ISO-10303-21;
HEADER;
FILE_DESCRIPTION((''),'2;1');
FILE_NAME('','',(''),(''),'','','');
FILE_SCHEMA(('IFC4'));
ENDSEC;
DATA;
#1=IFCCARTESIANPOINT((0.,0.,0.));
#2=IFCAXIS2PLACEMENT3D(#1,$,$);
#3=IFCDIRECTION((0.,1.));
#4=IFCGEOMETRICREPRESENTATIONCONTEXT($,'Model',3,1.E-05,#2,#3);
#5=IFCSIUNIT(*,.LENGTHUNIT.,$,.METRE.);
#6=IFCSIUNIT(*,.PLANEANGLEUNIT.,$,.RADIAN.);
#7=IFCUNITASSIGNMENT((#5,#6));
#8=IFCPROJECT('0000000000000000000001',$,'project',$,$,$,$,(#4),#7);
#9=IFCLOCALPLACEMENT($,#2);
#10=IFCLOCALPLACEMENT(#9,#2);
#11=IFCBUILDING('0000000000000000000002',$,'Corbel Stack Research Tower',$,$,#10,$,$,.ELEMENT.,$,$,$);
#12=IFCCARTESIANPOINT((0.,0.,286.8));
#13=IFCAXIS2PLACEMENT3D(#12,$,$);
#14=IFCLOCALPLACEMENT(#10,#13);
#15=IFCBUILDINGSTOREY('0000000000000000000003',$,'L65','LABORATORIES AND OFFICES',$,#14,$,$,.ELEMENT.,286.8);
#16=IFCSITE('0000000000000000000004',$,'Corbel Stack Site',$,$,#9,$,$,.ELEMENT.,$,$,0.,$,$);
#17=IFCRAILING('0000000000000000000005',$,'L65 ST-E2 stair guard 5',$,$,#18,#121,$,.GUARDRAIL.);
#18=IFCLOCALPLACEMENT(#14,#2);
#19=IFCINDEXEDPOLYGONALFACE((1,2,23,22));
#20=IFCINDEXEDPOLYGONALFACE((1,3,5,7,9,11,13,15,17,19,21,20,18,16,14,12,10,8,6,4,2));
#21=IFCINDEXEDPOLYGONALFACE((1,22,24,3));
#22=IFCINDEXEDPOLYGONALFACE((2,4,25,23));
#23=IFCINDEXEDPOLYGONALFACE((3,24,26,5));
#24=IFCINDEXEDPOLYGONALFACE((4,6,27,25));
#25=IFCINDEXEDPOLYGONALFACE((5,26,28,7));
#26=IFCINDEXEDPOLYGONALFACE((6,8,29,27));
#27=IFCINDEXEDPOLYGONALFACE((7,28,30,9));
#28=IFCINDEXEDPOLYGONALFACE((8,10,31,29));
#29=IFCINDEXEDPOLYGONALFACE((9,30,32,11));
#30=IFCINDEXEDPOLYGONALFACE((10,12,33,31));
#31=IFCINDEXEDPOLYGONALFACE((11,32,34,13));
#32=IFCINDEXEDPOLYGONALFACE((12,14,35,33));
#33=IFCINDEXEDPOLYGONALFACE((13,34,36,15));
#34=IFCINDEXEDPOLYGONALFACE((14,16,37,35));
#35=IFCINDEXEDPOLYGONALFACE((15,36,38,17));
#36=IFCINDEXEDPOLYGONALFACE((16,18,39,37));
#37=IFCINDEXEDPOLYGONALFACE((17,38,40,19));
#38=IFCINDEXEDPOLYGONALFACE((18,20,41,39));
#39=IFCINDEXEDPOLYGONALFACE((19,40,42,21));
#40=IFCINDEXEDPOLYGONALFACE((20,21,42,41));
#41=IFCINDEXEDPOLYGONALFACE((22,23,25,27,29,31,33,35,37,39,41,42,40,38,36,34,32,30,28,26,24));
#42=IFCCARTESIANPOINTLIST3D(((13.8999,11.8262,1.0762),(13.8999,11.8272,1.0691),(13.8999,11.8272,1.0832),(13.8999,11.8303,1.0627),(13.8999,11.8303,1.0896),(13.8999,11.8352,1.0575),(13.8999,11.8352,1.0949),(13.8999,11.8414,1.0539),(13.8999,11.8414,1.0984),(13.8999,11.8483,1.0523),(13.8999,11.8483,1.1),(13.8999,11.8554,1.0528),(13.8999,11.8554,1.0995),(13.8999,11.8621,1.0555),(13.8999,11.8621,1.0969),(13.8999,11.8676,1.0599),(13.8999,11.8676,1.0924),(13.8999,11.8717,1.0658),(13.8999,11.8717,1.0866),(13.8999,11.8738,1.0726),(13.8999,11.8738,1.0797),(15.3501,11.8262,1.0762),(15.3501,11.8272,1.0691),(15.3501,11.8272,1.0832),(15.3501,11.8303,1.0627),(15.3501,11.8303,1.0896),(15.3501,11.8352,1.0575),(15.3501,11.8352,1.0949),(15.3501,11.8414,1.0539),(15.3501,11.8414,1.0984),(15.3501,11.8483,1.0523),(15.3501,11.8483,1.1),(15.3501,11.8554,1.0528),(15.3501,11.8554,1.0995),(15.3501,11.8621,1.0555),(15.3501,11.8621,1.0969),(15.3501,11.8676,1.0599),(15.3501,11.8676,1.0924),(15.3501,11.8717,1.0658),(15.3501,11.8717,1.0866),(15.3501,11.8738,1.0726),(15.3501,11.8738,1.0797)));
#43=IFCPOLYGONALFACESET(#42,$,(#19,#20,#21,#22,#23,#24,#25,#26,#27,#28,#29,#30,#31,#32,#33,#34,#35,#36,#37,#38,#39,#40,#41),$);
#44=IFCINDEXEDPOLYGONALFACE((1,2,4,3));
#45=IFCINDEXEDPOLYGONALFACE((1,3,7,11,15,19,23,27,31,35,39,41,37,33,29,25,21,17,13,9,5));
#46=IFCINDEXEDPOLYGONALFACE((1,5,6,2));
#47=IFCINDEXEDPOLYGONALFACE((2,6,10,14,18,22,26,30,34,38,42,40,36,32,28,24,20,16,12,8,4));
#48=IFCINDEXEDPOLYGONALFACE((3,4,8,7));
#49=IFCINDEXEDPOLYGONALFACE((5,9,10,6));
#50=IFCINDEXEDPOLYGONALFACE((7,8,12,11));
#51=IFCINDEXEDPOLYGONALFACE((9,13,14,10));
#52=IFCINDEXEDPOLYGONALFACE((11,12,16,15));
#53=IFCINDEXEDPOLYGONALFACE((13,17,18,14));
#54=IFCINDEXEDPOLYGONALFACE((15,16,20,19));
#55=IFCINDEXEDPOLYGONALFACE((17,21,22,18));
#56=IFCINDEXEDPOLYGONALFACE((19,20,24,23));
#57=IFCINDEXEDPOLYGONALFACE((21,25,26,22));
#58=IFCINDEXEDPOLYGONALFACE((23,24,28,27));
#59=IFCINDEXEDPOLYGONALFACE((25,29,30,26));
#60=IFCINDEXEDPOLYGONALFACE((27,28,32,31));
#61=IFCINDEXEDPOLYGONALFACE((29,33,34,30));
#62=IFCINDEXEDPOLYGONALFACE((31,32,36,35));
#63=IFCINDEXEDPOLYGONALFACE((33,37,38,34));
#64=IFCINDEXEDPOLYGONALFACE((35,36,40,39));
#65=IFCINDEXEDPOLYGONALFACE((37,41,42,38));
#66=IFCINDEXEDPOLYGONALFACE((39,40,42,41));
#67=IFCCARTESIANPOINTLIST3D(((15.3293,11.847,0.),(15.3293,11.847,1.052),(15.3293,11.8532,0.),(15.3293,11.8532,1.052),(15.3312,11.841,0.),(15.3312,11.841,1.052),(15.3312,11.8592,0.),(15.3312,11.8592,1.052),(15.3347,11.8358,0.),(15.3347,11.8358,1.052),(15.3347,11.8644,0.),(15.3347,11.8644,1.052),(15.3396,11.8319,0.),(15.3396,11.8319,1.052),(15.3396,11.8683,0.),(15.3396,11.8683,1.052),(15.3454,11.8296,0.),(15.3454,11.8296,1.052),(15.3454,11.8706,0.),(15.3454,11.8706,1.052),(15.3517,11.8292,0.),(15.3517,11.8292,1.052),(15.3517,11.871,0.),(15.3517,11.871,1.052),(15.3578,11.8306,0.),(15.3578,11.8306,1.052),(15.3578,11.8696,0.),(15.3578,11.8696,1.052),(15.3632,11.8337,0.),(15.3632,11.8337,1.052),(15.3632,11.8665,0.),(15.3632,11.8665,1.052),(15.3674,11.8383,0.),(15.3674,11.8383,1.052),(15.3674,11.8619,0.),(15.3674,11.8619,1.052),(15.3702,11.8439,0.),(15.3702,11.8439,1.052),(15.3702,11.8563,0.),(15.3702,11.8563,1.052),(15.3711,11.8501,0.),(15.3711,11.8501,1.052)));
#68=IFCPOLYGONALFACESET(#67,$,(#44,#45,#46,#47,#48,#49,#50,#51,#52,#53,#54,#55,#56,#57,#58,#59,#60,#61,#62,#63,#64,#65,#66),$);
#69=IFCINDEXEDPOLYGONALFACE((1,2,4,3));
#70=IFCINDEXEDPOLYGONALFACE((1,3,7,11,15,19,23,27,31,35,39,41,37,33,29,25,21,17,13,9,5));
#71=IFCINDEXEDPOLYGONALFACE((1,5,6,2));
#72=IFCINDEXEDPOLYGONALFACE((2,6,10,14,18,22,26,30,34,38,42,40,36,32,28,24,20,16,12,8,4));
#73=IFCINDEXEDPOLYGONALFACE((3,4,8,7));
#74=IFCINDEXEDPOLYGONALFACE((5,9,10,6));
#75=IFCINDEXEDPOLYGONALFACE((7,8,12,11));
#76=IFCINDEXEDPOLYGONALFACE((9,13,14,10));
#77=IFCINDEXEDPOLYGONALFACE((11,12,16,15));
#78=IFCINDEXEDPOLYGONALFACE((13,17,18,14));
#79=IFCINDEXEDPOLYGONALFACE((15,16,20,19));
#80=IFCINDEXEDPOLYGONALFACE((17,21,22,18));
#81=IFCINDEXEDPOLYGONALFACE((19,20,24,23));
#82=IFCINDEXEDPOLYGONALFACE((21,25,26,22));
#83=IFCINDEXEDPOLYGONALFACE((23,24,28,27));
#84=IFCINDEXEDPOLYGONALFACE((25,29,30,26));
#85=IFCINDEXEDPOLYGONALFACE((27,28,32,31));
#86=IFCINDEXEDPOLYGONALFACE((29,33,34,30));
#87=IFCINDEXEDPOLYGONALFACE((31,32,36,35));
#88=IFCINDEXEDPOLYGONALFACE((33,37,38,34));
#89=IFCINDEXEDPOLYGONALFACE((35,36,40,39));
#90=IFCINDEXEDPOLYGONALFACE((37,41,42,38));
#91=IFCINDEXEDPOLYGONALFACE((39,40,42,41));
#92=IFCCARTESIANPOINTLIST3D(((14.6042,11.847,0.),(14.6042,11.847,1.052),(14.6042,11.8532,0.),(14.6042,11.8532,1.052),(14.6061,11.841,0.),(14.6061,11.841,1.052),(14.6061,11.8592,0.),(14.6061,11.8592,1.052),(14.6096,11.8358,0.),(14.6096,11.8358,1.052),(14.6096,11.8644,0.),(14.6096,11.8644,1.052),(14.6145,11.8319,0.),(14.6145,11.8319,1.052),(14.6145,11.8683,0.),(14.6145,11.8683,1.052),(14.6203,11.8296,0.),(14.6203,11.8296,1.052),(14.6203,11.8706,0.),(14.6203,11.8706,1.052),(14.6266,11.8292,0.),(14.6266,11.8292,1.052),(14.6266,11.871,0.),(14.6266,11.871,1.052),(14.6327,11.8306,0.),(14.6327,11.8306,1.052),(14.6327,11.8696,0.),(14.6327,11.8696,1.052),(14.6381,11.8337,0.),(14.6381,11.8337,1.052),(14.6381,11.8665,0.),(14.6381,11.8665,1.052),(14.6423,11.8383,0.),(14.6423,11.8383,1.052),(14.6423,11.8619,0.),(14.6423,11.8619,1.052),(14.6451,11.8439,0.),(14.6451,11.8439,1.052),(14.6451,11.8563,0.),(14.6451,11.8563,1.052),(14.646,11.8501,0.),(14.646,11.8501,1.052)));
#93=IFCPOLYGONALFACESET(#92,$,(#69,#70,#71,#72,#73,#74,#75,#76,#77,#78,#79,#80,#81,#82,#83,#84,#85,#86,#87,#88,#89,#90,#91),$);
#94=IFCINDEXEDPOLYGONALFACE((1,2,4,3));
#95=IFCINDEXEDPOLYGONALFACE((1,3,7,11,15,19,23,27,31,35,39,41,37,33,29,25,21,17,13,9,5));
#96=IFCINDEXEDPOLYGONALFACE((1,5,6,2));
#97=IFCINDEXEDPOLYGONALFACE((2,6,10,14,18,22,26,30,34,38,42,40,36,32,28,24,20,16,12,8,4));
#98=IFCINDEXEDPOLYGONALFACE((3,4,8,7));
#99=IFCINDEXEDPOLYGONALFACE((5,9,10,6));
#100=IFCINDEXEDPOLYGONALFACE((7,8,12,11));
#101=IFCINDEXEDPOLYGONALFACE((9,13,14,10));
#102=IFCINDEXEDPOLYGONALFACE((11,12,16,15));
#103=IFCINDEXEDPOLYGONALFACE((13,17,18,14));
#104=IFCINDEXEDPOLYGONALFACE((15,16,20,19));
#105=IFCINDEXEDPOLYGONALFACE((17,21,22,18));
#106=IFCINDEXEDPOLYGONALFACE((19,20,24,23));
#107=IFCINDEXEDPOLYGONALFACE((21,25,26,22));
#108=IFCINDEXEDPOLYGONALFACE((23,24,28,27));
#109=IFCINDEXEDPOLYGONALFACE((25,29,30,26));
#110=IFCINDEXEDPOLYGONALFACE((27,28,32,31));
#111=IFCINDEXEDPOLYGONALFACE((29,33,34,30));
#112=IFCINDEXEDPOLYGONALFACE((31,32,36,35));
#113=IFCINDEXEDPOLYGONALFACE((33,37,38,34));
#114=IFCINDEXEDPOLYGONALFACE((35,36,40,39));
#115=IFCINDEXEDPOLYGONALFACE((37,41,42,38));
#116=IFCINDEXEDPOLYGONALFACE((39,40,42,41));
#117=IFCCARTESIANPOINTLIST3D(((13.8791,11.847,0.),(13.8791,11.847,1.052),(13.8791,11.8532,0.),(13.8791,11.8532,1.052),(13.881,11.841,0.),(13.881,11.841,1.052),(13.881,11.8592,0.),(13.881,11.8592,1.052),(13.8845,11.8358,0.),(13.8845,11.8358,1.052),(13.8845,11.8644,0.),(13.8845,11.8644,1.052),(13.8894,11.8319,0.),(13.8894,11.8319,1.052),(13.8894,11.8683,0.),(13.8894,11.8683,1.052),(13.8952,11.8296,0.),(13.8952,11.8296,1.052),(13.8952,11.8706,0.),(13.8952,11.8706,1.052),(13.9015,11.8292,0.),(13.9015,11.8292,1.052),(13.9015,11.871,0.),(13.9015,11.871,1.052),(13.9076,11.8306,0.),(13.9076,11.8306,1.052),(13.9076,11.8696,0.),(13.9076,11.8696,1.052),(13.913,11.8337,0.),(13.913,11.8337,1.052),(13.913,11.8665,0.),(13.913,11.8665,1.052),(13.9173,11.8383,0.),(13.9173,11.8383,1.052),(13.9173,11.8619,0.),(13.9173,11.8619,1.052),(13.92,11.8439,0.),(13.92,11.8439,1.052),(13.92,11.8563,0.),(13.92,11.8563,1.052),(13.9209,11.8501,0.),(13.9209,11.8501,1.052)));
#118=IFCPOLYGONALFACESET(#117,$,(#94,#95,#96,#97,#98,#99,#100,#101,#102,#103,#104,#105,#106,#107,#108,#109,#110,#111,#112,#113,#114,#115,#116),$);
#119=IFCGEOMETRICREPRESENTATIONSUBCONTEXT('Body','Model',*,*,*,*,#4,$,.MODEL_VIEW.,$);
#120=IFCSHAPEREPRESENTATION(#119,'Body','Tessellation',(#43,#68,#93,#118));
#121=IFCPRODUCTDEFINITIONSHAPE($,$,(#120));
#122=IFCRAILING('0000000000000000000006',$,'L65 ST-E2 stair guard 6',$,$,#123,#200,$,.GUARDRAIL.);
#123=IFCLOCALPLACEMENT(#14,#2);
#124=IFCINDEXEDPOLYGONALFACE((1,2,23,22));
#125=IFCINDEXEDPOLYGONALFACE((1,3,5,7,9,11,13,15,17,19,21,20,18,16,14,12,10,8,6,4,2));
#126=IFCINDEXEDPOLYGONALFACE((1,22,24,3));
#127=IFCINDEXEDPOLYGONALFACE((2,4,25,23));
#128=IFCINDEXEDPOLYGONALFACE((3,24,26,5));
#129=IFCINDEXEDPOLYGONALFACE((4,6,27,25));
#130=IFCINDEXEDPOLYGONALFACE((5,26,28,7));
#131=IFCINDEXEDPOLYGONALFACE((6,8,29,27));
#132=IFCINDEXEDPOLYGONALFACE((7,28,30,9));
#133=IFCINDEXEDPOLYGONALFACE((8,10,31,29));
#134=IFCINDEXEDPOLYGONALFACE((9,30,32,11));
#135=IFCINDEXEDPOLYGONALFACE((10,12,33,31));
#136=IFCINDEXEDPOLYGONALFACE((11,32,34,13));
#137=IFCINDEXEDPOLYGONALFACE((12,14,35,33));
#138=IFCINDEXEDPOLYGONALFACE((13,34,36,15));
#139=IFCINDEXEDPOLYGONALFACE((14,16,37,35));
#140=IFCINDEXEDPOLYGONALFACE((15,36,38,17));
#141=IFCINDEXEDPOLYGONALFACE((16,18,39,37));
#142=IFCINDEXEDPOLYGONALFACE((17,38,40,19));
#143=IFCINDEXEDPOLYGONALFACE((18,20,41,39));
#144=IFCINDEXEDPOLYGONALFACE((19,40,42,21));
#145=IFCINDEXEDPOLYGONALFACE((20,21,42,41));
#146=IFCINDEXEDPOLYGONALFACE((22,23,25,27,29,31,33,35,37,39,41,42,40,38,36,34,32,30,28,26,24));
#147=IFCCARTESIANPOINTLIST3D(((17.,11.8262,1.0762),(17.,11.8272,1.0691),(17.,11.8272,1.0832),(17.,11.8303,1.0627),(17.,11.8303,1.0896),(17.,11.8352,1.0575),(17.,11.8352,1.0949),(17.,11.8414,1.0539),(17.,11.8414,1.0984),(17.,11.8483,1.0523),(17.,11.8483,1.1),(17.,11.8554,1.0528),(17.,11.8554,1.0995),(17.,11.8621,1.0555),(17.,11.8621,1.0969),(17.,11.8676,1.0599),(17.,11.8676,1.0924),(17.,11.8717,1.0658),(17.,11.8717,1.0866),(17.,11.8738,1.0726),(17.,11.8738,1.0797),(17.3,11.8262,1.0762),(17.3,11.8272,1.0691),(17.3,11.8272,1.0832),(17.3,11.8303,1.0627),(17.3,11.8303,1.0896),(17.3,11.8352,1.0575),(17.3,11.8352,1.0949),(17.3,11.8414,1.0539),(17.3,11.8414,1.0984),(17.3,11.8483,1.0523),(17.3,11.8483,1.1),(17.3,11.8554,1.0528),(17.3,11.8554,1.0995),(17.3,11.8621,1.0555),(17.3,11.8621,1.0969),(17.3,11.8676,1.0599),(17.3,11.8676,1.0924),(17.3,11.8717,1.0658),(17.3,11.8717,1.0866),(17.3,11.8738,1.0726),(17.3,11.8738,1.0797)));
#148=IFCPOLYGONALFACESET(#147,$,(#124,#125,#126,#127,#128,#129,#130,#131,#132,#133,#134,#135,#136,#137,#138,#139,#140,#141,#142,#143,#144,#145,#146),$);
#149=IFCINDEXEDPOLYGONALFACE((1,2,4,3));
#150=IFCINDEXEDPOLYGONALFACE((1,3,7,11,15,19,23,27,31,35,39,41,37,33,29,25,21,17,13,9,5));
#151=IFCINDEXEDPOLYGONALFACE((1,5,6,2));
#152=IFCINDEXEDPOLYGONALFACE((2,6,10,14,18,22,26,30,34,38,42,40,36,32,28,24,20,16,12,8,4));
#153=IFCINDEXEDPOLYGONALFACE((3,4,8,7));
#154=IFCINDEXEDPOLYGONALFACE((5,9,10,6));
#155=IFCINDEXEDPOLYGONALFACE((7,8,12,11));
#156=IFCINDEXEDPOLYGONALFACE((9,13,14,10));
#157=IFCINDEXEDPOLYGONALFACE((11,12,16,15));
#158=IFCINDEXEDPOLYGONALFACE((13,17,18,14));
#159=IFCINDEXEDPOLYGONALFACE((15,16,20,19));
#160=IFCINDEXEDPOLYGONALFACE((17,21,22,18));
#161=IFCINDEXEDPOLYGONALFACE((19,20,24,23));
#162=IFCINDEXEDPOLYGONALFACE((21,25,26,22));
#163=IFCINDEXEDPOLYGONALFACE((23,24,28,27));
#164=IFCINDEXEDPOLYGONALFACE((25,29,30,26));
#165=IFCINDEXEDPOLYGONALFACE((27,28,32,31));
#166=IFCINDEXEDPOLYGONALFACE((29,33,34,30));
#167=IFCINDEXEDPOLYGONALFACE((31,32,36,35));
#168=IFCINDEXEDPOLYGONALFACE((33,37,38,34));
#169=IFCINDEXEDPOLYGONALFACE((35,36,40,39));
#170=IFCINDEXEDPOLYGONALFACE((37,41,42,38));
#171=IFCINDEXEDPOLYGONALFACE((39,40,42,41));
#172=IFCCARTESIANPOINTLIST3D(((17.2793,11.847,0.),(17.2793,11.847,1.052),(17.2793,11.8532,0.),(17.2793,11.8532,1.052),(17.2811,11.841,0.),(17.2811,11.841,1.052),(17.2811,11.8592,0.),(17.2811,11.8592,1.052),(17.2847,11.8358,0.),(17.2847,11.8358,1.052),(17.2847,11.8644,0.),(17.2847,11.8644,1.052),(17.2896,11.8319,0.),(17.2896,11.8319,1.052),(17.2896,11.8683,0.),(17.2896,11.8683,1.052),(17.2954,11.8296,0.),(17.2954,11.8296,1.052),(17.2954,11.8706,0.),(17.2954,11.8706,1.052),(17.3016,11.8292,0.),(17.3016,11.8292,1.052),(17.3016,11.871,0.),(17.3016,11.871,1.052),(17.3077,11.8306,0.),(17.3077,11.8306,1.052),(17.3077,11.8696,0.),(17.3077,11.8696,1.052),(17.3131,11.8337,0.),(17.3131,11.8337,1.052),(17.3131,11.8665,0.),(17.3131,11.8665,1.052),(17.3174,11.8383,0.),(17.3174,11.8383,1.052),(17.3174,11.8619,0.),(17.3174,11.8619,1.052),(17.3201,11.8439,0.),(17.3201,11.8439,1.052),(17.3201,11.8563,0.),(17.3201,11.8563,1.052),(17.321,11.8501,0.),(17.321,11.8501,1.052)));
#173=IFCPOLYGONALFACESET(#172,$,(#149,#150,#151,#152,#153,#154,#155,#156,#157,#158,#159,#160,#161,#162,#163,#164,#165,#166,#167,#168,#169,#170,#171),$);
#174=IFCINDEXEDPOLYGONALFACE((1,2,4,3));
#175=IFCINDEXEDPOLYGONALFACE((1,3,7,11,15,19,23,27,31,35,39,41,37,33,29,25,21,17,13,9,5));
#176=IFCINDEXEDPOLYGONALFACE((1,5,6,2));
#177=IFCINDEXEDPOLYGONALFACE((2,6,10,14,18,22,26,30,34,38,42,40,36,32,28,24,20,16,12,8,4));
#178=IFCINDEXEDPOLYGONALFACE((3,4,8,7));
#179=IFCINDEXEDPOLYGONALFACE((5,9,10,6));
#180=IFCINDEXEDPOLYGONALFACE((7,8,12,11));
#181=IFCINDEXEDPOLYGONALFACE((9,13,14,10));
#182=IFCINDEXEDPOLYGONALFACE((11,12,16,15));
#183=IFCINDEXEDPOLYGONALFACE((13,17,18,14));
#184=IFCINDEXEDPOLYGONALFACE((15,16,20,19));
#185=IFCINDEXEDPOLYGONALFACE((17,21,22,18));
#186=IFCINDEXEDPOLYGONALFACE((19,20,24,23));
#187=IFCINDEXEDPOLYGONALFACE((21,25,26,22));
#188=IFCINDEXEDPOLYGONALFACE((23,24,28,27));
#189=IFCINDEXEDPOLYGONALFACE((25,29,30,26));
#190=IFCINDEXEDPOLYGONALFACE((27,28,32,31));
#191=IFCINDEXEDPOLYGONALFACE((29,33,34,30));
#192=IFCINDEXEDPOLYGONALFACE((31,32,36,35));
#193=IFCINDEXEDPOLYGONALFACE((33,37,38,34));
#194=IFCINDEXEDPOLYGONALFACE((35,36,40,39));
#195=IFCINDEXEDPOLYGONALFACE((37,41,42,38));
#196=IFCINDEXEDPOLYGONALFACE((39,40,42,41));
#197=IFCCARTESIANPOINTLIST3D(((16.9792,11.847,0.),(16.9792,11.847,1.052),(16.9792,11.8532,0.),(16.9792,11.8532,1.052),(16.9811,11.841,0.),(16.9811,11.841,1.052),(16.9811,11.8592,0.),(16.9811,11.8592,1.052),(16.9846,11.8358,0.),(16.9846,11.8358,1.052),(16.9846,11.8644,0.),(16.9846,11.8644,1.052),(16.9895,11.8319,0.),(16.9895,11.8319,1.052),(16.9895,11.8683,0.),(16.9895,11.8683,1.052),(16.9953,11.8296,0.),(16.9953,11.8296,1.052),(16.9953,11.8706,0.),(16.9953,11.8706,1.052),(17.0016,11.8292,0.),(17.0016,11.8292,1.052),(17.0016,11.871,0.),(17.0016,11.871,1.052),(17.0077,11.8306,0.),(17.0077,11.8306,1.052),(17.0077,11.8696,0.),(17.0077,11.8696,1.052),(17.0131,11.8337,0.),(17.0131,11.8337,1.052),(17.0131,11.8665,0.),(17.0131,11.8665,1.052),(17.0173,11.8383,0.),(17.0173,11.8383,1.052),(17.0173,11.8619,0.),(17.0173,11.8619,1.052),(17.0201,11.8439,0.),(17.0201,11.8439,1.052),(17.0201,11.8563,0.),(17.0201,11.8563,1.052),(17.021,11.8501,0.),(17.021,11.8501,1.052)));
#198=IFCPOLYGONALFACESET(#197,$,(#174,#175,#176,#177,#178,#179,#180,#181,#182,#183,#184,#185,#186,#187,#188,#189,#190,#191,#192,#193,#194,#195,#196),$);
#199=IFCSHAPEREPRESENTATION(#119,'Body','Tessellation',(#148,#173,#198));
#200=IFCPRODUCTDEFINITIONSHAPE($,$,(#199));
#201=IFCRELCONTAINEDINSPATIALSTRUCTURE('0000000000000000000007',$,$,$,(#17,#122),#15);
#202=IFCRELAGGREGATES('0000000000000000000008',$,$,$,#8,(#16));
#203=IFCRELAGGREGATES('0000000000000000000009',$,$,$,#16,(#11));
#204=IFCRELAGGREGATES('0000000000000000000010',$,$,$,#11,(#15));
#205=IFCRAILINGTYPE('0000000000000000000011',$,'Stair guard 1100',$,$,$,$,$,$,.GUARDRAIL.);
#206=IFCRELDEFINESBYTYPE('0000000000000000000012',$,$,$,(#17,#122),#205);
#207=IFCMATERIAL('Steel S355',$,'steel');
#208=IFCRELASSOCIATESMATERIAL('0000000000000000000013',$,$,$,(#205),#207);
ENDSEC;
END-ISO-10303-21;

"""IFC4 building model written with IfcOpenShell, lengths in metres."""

from ifc_helpers import new_model, si_unit, direction, frame, origin, origin_2d, place, context, subcontext, project, spatial, circle, extrude, material, type_object, element, save


model = new_model("IFC4")

# Units and contexts
model_context = context("Model", 3, precision=1e-05, world=origin(), true_north=direction((0.0, 1.0)))
body_context = subcontext(model_context, "Body", "Model", "MODEL_VIEW")
ifc_project = project(units=[si_unit("LENGTHUNIT", "METRE"), si_unit("PLANEANGLEUNIT", "RADIAN")], contexts=[model_context])

# Site, building, storey
site_placement = place(None, origin())
site = spatial("IfcSite", under=ifc_project, at=site_placement, Name="Corbel Stack Site", CompositionType="ELEMENT", RefElevation=0.0)
building_placement = place(site_placement, origin())
building = spatial("IfcBuilding", under=site, at=building_placement, Name="Corbel Stack Research Tower", CompositionType="ELEMENT")
storey_placement = place(building_placement, frame((0.0, 0.0, 286.8)))
storey = spatial("IfcBuildingStorey", under=building, at=storey_placement, Name="L65", Description="LABORATORIES AND OFFICES", CompositionType="ELEMENT", Elevation=286.8)

# Railings
ifc_material_1 = material(Name="Steel S355", Category="steel")
railing_type_1 = type_object("IfcRailingType", Name="Stair guard 1100", PredefinedType="GUARDRAIL", material=ifc_material_1)
railing_1_placement = place(storey_placement, frame((15.3501, 11.8501, 0.0)))
element("IfcRailing", 1, at=railing_1_placement, inside=storey, type_object=railing_type_1, Name="L65 ST-E2 stair guard 5", PredefinedType="GUARDRAIL", context=body_context, shape_type="SweptSolid", body=[
    extrude(circle(Radius=0.0239, at=origin_2d()), frame((0.0, 0.0, 1.0762), z_axis=(-1.0, 0.0, 0.0), x_axis=(0.0, -1.0, 0.0)), (0.0, 0.0, 1.0), 1.4502),
    extrude(circle(Radius=0.021, at=origin_2d()), origin(), (0.0, 0.0, 1.0), 1.052),
    extrude(circle(Radius=0.021, at=origin_2d()), frame((-0.7251, 0.0, 0.0)), (0.0, 0.0, 1.0), 1.052),
    extrude(circle(Radius=0.021, at=origin_2d()), frame((-1.4502, 0.0, 0.0)), (0.0, 0.0, 1.0), 1.052),
])
railing_2_placement = place(storey_placement, frame((17.3, 11.8501, 0.0)))
element("IfcRailing", 2, at=railing_2_placement, inside=storey, type_object=railing_type_1, Name="L65 ST-E2 stair guard 6", PredefinedType="GUARDRAIL", context=body_context, shape_type="SweptSolid", body=[
    extrude(circle(Radius=0.0239, at=origin_2d()), frame((0.0, 0.0, 1.0762), z_axis=(-1.0, 0.0, 0.0), x_axis=(0.0, -1.0, 0.0)), (0.0, 0.0, 1.0), 0.3),
    extrude(circle(Radius=0.021, at=origin_2d()), origin(), (0.0, 0.0, 1.0), 1.052),
    extrude(circle(Radius=0.021, at=origin_2d()), frame((-0.3, 0.0, 0.0)), (0.0, 0.0, 1.0), 1.052),
])

save(model, "model.ifc")
